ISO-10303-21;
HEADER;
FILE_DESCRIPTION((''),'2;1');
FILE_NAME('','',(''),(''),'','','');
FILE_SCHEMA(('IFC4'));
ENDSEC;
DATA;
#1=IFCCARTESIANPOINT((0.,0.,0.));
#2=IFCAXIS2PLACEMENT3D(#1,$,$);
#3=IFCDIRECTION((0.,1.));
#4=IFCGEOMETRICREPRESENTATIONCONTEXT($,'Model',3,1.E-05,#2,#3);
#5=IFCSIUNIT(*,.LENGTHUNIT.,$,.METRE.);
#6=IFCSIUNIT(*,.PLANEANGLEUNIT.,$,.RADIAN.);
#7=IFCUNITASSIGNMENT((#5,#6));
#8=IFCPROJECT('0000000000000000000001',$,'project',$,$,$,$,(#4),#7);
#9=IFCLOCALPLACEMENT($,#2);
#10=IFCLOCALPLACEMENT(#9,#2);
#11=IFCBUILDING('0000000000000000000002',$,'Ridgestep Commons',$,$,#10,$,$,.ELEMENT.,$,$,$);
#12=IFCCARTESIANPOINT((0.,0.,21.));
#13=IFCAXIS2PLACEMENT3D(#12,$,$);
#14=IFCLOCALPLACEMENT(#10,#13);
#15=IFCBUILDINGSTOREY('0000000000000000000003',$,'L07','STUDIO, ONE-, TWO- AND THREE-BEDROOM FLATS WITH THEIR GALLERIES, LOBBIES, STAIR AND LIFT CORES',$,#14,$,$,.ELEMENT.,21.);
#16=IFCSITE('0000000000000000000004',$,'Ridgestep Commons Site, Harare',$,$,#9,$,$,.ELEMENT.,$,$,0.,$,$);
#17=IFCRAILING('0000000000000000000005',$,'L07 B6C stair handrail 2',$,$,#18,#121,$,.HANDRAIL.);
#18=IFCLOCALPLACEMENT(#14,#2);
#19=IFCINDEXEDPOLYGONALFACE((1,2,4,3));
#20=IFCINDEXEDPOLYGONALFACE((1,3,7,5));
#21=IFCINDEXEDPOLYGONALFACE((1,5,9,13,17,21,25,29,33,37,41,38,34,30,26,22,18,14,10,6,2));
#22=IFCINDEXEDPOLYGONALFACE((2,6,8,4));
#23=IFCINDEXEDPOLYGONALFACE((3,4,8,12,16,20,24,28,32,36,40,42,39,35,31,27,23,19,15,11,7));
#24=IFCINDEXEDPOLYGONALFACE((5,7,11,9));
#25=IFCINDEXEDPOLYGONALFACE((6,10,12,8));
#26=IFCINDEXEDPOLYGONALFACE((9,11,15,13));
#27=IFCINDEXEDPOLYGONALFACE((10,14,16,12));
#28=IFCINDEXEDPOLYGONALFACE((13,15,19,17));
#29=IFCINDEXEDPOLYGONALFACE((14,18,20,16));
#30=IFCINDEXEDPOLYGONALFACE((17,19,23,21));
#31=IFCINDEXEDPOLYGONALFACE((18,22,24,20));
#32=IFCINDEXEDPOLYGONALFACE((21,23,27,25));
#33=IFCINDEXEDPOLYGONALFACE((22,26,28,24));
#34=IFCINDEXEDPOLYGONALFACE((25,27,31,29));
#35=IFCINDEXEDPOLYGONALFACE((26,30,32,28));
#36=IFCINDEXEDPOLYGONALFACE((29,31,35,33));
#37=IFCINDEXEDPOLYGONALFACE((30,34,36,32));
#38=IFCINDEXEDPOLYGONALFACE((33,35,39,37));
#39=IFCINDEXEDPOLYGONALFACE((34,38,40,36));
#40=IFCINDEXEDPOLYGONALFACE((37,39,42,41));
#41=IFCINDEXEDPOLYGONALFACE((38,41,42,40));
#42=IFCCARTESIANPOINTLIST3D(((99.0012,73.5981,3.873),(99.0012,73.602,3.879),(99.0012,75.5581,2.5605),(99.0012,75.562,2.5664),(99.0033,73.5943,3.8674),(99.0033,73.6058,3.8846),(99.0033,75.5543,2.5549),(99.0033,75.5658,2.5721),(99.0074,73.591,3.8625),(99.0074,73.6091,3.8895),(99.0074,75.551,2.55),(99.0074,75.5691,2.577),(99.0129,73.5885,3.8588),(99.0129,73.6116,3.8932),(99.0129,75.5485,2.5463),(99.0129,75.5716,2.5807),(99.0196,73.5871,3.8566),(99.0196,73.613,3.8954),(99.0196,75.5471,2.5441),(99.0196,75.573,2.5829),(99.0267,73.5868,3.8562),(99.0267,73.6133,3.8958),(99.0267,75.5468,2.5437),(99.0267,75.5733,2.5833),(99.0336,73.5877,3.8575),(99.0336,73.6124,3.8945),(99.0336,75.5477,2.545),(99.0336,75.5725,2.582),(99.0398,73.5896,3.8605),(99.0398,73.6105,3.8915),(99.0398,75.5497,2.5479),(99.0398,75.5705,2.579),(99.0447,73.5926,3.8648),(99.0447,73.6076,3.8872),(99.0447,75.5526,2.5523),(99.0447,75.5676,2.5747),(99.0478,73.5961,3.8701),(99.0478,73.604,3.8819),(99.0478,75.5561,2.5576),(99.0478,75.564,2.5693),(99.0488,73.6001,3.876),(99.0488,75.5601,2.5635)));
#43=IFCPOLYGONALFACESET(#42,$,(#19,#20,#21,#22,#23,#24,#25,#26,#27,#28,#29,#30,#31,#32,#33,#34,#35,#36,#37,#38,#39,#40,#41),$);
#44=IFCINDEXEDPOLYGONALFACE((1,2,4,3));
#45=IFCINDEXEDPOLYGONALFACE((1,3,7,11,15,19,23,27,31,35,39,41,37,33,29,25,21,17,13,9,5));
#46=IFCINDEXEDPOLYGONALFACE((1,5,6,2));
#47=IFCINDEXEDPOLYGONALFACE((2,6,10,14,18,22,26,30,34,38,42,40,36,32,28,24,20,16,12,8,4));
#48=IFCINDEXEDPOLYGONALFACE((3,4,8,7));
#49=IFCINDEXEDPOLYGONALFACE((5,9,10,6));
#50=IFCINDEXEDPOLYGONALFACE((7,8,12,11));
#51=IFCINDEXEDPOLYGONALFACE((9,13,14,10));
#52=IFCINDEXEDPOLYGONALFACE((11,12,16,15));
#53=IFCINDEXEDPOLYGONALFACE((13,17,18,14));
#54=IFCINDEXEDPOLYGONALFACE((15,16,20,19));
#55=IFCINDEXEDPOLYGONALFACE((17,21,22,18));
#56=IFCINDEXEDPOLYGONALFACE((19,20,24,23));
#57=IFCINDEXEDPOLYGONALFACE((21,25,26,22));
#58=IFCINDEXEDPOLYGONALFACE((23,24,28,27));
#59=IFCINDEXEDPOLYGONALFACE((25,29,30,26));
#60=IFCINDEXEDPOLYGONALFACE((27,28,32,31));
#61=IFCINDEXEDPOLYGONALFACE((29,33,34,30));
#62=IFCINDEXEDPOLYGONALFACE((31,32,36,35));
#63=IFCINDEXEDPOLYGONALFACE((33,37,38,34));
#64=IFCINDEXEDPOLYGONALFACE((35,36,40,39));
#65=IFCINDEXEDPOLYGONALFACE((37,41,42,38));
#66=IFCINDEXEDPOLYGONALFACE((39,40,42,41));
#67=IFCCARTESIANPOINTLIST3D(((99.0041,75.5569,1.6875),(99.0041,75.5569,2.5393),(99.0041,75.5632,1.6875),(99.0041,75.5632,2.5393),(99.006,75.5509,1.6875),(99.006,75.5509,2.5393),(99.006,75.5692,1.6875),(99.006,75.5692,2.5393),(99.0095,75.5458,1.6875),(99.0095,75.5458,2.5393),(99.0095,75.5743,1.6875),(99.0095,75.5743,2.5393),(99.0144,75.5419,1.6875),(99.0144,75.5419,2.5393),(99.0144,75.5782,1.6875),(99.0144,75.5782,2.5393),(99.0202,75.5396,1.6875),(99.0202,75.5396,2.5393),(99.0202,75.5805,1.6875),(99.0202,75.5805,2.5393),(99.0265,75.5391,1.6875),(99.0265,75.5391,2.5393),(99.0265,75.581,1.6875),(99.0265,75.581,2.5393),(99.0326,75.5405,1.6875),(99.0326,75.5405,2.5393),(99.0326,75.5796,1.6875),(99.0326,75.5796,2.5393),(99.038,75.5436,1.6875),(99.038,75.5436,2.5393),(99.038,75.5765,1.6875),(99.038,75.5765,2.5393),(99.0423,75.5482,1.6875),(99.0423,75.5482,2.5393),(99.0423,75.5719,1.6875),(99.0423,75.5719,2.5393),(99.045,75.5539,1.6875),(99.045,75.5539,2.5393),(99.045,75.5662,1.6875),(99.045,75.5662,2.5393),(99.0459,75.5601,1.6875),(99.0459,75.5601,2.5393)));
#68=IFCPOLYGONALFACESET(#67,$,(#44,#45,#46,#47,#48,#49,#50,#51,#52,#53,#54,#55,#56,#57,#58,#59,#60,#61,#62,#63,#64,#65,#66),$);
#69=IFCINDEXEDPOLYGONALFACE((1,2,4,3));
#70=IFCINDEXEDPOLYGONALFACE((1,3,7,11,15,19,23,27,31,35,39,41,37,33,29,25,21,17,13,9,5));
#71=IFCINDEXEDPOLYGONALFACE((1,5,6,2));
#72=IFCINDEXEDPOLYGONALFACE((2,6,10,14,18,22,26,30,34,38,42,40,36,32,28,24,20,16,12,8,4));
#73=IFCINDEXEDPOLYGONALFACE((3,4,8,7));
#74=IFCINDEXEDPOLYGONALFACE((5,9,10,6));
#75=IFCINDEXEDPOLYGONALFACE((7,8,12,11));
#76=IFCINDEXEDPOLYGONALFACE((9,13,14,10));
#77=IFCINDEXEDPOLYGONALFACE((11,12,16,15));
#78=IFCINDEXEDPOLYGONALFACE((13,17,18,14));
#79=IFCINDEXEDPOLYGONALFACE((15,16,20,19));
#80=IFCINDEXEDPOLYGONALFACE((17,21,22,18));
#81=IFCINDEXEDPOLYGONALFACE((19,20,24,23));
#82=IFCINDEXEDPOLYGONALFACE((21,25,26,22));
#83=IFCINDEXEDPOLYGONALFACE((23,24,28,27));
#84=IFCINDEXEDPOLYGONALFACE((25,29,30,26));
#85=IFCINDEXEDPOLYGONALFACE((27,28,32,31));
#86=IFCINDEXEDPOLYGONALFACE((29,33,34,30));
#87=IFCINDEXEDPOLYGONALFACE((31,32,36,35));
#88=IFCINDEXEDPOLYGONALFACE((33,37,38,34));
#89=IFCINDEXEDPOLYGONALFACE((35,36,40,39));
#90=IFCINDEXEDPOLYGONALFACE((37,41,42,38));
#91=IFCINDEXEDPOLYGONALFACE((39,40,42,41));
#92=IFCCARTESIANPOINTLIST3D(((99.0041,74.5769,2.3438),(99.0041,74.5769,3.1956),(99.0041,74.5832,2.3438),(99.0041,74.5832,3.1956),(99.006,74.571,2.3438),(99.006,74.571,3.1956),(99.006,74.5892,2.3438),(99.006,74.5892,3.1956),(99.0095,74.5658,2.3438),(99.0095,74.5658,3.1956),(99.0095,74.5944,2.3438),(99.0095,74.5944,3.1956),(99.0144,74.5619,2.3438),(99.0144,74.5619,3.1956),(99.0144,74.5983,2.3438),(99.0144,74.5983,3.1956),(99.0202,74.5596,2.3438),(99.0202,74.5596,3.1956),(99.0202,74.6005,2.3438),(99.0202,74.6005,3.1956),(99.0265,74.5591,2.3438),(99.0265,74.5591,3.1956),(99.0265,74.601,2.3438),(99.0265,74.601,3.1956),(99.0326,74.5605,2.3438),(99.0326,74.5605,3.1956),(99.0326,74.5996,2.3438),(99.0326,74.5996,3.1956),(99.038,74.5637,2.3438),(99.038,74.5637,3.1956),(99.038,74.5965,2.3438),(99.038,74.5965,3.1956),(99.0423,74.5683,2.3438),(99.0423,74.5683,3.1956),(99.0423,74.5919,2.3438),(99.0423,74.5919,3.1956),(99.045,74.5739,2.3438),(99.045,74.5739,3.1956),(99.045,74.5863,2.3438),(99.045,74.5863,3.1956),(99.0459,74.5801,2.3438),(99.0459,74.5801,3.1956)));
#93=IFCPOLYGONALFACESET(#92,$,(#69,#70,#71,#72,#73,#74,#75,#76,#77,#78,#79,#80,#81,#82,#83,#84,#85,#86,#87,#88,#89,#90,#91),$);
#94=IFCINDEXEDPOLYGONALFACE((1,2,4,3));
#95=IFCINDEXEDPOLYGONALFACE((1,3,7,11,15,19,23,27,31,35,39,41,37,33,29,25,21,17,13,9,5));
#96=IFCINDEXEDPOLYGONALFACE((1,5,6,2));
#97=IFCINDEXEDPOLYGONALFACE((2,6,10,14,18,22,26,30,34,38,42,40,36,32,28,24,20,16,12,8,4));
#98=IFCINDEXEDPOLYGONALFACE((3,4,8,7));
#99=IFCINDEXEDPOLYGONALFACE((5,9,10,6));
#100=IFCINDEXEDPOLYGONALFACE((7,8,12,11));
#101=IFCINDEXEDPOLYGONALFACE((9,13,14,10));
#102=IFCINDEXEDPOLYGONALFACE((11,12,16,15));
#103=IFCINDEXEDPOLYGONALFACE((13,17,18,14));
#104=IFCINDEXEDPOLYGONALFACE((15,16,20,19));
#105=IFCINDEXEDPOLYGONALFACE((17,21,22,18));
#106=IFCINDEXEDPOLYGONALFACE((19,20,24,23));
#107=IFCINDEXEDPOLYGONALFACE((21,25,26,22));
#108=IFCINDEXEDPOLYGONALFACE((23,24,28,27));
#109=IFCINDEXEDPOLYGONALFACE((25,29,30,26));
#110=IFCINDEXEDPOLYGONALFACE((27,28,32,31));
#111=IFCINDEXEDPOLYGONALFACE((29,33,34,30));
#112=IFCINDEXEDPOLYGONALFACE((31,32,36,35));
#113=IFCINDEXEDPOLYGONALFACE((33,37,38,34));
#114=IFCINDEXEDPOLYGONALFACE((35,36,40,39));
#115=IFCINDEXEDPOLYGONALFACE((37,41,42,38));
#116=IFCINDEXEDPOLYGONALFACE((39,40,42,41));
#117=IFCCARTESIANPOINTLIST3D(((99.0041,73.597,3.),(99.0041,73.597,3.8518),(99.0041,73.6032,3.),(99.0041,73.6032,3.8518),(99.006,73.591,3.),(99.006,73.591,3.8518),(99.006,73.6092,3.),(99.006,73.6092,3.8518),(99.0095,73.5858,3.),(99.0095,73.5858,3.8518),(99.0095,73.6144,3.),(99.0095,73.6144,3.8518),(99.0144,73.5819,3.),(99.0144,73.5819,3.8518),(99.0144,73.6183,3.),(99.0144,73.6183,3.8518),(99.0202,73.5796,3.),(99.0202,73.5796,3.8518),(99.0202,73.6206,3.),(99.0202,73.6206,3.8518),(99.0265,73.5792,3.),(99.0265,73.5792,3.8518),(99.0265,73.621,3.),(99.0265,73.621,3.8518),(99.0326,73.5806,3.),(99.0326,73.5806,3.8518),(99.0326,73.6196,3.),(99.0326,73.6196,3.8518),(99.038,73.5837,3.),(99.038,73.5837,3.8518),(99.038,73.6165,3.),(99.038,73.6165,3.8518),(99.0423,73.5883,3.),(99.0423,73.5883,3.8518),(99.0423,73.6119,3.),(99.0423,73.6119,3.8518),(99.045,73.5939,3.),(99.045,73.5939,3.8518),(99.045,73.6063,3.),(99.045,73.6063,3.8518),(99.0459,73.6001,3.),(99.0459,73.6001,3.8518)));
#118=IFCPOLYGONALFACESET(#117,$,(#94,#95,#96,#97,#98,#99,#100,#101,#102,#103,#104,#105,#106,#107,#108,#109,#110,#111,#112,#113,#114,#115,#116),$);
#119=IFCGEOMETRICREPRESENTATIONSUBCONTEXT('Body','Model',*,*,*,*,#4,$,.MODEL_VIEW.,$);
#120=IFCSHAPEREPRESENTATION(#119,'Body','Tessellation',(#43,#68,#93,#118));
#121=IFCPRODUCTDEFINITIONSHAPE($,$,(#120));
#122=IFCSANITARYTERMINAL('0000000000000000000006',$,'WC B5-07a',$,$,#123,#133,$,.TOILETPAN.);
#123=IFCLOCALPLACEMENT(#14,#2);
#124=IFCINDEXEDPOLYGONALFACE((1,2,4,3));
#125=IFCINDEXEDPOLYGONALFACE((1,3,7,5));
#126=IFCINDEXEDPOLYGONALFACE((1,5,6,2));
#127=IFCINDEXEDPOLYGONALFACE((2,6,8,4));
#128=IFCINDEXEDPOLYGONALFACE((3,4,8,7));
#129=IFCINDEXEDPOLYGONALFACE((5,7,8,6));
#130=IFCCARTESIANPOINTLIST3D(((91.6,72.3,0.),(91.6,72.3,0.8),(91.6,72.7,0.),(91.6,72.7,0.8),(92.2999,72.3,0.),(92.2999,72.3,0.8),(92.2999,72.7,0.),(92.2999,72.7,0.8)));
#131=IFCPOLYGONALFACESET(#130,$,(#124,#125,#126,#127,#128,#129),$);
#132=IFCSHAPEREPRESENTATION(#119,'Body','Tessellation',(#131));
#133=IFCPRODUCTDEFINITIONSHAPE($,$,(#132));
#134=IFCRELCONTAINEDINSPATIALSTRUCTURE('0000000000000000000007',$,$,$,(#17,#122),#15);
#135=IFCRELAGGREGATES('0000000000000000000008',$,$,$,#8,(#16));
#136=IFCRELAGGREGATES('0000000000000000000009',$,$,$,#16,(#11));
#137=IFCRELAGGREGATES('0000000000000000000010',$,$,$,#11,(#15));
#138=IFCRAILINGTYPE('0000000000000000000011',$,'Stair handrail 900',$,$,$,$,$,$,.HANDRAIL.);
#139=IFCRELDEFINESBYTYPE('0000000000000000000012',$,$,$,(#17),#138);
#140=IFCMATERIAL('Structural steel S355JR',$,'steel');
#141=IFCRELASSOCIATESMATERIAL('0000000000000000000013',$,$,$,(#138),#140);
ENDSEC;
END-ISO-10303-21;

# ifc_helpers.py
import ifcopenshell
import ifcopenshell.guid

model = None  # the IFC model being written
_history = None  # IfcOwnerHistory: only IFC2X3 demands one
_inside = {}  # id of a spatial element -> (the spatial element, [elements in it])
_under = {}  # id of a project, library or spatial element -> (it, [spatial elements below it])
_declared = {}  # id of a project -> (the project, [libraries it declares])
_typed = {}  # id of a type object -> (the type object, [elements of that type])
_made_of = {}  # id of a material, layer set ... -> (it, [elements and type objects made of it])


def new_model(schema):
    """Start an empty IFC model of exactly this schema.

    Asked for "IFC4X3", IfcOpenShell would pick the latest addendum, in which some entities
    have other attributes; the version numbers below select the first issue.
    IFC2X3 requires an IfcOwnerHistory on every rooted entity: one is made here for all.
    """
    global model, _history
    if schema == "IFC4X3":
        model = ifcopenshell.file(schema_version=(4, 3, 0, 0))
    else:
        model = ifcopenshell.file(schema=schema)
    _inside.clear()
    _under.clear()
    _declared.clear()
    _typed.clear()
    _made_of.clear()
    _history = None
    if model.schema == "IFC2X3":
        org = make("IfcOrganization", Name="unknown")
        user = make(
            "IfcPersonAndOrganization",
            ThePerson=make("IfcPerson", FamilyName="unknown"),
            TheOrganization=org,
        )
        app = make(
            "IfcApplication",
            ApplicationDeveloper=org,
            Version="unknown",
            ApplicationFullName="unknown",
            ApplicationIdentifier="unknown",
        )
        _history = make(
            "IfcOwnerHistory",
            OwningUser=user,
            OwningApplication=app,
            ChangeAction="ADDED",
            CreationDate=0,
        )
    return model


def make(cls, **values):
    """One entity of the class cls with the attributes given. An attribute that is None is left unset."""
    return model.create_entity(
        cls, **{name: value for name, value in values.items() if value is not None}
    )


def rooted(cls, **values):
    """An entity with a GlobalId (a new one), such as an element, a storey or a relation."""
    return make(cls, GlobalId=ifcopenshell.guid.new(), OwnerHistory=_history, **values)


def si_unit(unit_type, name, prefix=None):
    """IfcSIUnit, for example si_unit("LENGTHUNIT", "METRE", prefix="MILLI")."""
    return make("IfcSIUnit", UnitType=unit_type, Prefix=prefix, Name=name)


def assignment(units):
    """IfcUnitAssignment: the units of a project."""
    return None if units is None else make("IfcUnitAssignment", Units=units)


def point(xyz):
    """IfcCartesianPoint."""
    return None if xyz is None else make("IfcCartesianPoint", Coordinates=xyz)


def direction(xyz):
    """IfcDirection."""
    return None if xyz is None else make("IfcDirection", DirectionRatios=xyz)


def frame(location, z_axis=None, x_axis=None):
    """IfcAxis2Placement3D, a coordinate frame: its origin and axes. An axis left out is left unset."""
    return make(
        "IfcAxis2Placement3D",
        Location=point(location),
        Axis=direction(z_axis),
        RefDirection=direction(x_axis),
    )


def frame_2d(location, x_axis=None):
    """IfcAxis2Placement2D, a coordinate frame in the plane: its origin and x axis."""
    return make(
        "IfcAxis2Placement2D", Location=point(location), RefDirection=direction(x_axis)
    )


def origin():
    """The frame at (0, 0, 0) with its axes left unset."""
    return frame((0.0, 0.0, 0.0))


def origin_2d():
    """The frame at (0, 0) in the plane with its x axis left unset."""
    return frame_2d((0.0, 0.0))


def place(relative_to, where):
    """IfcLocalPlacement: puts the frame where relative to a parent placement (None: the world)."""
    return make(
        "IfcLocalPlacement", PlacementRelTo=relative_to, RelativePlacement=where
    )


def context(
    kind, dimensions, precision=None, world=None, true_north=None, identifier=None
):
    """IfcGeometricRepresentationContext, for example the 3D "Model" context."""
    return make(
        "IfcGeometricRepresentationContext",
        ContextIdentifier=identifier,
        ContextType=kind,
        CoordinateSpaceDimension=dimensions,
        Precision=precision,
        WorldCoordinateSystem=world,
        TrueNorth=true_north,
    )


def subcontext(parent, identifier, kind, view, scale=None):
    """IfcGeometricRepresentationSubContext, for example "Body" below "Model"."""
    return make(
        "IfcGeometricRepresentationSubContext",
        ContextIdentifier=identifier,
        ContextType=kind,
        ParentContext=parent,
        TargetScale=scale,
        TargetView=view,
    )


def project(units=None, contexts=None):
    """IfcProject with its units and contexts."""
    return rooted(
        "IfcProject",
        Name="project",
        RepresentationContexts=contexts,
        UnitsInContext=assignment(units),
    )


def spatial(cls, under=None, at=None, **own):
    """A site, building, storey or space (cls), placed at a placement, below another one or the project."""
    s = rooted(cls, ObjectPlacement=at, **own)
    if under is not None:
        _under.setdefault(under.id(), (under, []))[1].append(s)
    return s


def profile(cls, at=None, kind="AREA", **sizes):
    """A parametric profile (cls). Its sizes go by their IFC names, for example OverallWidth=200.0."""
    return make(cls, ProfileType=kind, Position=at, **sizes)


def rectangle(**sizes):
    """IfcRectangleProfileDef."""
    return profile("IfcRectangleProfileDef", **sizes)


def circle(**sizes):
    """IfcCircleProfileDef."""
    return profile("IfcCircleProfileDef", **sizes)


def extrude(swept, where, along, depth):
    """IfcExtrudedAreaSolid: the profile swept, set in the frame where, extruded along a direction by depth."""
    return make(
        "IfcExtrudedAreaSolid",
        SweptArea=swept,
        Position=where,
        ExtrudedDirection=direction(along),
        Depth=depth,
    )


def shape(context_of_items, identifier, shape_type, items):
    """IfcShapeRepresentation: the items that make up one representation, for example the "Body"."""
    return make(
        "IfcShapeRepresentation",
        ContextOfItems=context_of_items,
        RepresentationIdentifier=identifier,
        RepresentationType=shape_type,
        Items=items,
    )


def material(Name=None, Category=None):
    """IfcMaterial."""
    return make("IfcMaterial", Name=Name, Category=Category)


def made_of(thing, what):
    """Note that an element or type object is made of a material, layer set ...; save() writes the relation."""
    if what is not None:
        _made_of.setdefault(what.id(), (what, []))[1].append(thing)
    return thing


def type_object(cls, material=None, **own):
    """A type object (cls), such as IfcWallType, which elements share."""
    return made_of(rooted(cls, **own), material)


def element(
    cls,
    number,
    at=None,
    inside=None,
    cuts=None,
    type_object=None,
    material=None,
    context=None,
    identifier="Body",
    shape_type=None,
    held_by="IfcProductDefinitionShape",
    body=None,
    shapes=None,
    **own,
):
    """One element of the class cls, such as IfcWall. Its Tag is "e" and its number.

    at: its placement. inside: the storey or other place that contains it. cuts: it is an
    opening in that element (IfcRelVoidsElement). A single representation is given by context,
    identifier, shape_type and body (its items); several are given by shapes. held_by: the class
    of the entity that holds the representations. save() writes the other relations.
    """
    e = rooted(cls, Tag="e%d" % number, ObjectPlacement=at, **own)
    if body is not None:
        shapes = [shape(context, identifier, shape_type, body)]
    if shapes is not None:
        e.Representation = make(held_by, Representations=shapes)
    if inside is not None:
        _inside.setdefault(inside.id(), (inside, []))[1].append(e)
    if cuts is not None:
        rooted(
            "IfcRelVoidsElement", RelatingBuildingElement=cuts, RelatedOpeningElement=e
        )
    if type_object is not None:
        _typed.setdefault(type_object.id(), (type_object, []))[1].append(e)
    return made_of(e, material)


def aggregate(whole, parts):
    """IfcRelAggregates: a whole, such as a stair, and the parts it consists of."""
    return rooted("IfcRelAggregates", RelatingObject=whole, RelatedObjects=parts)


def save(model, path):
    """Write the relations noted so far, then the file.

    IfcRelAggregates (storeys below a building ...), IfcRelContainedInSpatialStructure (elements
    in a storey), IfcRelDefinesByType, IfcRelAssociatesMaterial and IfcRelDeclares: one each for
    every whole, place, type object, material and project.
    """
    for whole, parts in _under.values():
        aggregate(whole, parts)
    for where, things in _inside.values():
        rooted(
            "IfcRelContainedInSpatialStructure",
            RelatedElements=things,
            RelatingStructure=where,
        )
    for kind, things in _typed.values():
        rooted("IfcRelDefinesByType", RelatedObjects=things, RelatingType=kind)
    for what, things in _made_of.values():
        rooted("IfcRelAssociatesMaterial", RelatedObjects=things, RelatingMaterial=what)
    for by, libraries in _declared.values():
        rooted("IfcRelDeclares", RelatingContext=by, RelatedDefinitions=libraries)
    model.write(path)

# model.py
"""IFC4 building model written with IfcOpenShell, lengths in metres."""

from ifc_helpers import new_model, si_unit, direction, frame, origin, origin_2d, place, context, subcontext, project, spatial, rectangle, circle, extrude, material, type_object, element, save


model = new_model("IFC4")

# Units and contexts
model_context = context("Model", 3, precision=1e-05, world=origin(), true_north=direction((0.0, 1.0)))
body_context = subcontext(model_context, "Body", "Model", "MODEL_VIEW")
ifc_project = project(units=[si_unit("LENGTHUNIT", "METRE"), si_unit("PLANEANGLEUNIT", "RADIAN")], contexts=[model_context])

# Site, building, storey
site_placement = place(None, origin())
site = spatial("IfcSite", under=ifc_project, at=site_placement, Name="Ridgestep Commons Site, Harare", CompositionType="ELEMENT", RefElevation=0.0)
building_placement = place(site_placement, origin())
building = spatial("IfcBuilding", under=site, at=building_placement, Name="Ridgestep Commons", CompositionType="ELEMENT")
storey_placement = place(building_placement, frame((0.0, 0.0, 21.0)))
storey = spatial("IfcBuildingStorey", under=building, at=storey_placement, Name="L07", Description="STUDIO, ONE-, TWO- AND THREE-BEDROOM FLATS WITH THEIR GALLERIES, LOBBIES, STAIR AND LIFT CORES", CompositionType="ELEMENT", Elevation=21.0)

# Railing
ifc_material_1 = material(Name="Structural steel S355JR", Category="steel")
railing_type_1 = type_object("IfcRailingType", Name="Stair handrail 900", PredefinedType="HANDRAIL", material=ifc_material_1)
railing_1_placement = place(storey_placement, frame((99.0249, 75.5601, 1.6875)))
element("IfcRailing", 1, at=railing_1_placement, inside=storey, type_object=railing_type_1, Name="L07 B6C stair handrail 2", PredefinedType="HANDRAIL", context=body_context, shape_type="SweptSolid", body=[
    extrude(circle(Radius=0.0239, at=origin_2d()), frame((0.0, 0.0, 0.876), z_axis=(0.0, -0.830902, 0.556419), x_axis=(1.0, 0.0, 0.0)), (0.0, 0.0, 1.0), 2.3589),
    extrude(circle(Radius=0.021, at=origin_2d()), origin(), (0.0, 0.0, 1.0), 0.8518),
    extrude(circle(Radius=0.021, at=origin_2d()), frame((0.0, -0.98, 0.6562)), (0.0, 0.0, 1.0), 0.8518),
    extrude(circle(Radius=0.021, at=origin_2d()), frame((0.0, -1.96, 1.3125)), (0.0, 0.0, 1.0), 0.8518),
])

# Sanitary terminal
sanitary_terminal_placement = place(storey_placement, frame((91.95, 72.5, 0.0), z_axis=(0.0, 0.0, 1.0), x_axis=(1.0, 0.0, 0.0)))
element("IfcSanitaryTerminal", 2, at=sanitary_terminal_placement, inside=storey, Name="WC B5-07a", PredefinedType="TOILETPAN", context=body_context, shape_type="SweptSolid", body=[
    extrude(rectangle(XDim=0.7, YDim=0.3999, at=origin_2d()), origin(), (0.0, 0.0, 1.0), 0.8),
])

save(model, "model.ifc")
